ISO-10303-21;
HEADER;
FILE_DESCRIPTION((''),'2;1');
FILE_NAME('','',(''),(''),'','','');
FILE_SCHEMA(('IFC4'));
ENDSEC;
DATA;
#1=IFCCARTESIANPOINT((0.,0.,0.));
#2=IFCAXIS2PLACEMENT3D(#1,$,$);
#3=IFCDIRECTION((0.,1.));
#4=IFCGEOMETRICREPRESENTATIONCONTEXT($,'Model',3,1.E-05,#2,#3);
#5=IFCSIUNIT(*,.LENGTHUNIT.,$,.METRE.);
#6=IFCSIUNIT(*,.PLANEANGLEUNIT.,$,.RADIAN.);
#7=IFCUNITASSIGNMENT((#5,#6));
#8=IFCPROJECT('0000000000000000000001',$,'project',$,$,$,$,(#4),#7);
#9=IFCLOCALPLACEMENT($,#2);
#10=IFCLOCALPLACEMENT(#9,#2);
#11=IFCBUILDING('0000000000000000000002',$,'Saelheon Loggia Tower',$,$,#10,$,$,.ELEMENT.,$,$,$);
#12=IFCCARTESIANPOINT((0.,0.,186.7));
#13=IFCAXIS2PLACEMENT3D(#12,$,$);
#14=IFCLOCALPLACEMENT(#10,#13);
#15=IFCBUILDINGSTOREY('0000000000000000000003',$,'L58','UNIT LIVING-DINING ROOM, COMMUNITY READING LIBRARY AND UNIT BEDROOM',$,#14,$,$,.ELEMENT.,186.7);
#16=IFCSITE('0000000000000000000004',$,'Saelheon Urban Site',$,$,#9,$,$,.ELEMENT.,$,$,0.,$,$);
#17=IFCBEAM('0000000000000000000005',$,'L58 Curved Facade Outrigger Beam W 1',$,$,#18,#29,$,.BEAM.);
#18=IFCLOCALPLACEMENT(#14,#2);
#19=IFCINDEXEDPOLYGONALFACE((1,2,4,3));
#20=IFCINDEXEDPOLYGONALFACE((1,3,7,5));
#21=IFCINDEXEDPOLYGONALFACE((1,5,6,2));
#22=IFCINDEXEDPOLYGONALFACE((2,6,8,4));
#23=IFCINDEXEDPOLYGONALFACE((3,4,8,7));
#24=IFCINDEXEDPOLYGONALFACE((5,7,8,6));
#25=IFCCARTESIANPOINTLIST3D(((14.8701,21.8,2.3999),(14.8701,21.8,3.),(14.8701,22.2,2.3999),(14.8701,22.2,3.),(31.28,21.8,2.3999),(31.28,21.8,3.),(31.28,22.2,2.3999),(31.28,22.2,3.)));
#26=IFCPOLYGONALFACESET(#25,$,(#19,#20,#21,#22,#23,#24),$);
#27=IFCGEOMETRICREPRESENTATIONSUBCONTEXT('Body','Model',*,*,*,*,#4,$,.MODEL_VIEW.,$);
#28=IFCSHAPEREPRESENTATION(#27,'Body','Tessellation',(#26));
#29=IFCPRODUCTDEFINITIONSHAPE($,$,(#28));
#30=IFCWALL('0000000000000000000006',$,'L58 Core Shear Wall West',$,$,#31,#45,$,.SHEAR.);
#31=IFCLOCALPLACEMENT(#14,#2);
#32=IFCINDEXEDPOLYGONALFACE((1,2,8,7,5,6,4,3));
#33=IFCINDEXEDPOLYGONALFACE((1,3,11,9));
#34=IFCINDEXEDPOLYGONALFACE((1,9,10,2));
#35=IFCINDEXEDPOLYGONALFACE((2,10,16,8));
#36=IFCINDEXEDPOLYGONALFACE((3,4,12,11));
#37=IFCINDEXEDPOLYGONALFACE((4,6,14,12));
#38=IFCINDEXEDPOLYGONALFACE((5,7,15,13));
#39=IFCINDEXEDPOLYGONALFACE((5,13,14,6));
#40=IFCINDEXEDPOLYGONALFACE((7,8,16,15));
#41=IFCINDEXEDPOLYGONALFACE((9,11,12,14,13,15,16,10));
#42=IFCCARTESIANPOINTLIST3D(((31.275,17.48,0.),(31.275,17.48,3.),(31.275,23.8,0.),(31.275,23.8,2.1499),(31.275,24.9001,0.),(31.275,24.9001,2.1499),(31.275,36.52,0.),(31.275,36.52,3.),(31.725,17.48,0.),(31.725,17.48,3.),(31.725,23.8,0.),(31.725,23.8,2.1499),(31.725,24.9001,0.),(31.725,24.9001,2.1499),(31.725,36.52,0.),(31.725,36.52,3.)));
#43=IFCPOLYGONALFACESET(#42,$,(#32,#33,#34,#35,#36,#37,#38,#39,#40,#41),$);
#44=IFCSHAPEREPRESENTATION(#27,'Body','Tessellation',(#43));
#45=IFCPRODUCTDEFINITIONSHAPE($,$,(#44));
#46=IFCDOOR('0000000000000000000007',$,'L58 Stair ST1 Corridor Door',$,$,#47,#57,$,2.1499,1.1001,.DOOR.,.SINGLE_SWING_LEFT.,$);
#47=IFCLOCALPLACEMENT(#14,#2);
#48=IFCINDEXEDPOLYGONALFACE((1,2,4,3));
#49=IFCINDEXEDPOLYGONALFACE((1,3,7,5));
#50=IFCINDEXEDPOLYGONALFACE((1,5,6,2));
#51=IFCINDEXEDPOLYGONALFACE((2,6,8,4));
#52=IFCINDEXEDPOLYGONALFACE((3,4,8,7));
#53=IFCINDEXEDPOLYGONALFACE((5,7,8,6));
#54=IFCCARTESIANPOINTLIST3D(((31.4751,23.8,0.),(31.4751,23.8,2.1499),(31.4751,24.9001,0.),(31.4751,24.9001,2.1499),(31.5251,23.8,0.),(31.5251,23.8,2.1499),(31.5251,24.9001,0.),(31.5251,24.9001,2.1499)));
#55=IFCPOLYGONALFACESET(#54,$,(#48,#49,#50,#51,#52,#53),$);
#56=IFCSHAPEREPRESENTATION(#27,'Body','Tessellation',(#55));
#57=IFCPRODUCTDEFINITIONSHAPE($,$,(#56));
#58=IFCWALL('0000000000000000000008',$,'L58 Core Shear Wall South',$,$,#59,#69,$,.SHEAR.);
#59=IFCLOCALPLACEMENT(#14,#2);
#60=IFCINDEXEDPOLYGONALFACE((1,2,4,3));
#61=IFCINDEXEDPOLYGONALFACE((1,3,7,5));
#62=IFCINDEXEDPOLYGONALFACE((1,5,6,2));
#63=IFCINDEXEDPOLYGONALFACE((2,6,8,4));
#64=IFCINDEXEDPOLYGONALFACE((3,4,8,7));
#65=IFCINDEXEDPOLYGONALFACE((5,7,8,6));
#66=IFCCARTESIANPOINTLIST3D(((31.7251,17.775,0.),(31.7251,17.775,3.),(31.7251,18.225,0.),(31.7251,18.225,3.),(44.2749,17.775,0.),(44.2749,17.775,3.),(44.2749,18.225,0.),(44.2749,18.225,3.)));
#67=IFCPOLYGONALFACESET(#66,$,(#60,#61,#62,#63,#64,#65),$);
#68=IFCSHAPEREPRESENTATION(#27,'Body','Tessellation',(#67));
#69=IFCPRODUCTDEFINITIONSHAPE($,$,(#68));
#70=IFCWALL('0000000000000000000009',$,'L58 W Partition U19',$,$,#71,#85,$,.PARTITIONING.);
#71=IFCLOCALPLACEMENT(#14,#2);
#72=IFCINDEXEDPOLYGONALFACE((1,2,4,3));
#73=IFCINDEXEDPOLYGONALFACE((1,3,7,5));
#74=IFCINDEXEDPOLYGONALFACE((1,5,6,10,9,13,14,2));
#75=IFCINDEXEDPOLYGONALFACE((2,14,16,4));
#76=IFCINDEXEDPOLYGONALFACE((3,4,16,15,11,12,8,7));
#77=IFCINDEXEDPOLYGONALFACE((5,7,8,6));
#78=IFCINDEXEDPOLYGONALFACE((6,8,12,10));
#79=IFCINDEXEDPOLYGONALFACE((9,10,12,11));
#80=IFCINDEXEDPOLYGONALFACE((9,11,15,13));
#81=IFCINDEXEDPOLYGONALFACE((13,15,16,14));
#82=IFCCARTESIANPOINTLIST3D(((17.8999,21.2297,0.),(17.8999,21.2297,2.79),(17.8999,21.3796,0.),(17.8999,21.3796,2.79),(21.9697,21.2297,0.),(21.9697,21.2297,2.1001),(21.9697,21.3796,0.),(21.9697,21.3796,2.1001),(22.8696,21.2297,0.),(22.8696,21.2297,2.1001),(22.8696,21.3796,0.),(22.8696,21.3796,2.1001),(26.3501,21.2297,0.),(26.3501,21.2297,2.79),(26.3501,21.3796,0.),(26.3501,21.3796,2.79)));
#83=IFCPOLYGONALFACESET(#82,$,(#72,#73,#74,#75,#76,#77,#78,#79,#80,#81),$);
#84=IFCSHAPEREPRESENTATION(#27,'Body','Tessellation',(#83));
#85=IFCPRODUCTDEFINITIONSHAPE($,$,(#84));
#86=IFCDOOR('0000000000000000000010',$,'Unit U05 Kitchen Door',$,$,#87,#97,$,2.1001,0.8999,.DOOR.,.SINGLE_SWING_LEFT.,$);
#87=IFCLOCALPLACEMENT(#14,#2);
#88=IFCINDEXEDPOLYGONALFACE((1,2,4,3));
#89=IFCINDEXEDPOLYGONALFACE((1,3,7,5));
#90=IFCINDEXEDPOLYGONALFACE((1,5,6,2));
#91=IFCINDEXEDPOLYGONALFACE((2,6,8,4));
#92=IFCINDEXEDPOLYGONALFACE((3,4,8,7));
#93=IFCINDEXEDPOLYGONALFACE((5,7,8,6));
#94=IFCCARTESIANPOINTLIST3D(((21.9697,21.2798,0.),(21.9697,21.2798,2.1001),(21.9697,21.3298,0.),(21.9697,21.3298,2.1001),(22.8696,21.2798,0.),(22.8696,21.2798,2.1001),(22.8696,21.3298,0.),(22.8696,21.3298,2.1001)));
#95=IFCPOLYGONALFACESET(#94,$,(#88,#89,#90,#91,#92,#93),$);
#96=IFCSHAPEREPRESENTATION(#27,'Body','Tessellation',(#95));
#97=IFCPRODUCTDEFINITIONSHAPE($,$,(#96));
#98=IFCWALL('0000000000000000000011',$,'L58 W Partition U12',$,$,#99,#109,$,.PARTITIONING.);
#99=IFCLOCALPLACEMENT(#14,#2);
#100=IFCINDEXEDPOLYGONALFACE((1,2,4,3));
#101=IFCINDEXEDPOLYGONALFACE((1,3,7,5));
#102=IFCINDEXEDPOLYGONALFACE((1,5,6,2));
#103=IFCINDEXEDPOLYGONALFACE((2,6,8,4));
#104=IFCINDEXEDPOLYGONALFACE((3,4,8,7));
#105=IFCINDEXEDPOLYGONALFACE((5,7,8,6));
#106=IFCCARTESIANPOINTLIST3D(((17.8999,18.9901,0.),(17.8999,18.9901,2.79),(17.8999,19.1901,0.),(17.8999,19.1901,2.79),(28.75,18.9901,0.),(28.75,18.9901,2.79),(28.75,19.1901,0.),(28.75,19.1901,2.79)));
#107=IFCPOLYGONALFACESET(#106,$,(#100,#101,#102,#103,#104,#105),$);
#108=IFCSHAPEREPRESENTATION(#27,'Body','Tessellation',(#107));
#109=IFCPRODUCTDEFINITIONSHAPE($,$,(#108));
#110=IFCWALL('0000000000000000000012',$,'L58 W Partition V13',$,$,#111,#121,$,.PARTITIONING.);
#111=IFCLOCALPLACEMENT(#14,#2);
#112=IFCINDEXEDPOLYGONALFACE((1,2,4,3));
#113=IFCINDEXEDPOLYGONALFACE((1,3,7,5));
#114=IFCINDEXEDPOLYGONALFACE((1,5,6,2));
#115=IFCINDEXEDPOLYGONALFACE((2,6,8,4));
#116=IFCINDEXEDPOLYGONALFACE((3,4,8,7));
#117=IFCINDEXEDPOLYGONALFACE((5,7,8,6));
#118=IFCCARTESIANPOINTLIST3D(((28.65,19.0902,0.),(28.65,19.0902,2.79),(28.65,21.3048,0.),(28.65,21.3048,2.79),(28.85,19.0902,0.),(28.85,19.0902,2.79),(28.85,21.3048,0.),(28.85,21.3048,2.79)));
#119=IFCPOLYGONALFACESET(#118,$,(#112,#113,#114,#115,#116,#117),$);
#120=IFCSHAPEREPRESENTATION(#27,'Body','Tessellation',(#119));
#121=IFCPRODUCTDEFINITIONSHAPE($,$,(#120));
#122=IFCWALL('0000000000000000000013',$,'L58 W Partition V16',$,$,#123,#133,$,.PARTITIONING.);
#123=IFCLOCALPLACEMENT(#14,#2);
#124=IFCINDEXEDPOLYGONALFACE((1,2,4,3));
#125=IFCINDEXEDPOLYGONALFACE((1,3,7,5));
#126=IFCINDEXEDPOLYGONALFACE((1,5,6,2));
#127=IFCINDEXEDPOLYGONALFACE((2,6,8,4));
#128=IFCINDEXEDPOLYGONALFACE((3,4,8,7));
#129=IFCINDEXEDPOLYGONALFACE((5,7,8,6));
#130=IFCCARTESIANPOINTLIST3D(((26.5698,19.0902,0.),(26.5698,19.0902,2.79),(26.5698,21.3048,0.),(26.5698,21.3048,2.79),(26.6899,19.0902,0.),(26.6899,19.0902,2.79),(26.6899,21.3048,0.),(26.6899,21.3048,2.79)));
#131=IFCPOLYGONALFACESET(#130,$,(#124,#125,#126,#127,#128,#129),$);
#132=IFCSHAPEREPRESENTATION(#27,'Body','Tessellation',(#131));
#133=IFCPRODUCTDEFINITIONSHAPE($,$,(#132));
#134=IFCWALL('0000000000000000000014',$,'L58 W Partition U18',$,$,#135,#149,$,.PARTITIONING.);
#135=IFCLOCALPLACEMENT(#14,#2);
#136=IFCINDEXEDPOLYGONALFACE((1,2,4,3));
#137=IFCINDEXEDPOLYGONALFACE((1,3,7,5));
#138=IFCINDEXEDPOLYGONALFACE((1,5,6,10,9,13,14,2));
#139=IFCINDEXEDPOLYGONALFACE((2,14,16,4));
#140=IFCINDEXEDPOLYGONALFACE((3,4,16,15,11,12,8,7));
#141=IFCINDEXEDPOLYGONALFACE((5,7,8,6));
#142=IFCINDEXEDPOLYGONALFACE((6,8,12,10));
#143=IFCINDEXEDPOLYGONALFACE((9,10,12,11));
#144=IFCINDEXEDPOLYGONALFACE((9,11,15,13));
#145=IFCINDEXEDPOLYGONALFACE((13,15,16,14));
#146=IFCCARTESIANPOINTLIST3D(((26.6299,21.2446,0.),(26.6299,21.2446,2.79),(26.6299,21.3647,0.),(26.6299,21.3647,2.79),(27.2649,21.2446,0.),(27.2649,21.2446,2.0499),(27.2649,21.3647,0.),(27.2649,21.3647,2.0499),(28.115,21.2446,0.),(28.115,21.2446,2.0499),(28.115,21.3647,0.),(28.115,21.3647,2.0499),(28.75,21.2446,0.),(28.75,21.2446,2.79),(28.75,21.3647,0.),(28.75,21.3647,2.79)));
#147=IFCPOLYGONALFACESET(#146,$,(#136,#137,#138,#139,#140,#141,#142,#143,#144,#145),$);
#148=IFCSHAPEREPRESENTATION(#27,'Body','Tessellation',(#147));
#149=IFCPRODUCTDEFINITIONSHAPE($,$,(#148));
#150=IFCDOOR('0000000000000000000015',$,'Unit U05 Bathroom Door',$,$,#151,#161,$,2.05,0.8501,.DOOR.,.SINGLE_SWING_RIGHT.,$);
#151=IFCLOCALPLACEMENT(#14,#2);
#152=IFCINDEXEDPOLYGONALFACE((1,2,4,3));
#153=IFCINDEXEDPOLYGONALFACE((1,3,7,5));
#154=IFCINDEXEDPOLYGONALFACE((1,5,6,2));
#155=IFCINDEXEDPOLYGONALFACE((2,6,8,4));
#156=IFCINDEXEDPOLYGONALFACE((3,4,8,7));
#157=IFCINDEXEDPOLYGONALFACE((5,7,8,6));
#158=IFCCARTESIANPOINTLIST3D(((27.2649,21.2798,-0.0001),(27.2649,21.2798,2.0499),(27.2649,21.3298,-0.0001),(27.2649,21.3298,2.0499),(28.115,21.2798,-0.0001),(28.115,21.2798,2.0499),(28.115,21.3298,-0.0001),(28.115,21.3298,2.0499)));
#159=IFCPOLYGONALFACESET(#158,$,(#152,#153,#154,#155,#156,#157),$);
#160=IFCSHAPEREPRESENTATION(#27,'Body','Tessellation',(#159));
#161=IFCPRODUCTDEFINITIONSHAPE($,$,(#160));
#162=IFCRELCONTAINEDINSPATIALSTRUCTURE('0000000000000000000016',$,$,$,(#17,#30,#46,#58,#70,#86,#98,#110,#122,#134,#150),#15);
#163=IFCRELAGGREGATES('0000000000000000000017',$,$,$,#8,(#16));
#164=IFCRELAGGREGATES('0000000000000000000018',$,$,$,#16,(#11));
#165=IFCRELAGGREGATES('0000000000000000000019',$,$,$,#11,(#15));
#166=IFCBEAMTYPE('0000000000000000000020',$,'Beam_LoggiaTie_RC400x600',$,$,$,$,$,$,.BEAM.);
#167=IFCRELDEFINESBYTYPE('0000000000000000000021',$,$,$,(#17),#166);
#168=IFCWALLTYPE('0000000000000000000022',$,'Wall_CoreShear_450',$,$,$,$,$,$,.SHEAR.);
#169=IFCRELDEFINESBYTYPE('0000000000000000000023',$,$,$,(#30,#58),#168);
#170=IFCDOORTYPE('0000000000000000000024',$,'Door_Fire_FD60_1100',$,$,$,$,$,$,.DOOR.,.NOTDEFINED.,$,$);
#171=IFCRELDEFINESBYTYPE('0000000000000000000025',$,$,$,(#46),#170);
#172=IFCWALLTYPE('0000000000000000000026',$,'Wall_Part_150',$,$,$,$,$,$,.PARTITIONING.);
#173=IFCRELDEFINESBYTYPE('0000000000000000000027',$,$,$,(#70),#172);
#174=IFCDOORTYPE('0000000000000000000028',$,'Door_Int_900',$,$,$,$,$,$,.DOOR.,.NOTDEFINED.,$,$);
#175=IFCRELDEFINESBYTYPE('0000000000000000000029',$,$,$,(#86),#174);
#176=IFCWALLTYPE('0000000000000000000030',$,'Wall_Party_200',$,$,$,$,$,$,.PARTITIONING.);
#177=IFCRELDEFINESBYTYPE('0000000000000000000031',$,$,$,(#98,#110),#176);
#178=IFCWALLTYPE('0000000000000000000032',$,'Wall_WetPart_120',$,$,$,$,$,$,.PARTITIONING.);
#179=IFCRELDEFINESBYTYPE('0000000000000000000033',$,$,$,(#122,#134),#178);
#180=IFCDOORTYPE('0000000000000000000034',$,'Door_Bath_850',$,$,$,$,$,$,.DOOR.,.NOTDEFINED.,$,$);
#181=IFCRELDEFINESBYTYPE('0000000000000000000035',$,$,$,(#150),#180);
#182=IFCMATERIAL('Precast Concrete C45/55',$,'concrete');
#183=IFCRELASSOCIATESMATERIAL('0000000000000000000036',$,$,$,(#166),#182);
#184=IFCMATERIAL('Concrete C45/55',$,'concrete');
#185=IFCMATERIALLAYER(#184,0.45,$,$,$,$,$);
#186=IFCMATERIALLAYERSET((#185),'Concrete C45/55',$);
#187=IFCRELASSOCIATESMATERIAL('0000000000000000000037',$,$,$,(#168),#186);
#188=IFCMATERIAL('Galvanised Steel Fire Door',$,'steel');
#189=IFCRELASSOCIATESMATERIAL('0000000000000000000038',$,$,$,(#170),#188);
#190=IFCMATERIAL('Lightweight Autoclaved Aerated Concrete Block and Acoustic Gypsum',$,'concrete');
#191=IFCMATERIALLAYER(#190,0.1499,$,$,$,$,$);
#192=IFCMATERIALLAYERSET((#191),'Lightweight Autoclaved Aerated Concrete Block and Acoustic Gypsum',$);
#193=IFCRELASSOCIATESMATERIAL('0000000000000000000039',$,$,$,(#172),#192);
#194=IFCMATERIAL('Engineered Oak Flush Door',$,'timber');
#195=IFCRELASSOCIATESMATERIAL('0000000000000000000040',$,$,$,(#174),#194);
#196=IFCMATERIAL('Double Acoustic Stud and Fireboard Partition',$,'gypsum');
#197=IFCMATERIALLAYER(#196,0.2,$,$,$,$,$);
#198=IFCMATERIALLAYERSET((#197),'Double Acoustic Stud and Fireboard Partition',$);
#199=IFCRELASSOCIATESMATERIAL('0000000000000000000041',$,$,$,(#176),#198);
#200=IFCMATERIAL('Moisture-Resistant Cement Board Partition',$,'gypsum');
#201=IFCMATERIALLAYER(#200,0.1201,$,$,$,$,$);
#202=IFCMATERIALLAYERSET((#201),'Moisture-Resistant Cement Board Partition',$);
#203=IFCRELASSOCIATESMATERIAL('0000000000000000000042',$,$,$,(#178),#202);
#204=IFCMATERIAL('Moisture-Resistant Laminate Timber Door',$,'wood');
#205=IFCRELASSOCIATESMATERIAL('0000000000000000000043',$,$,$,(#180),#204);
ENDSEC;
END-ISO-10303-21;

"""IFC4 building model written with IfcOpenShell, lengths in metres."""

from ifc_helpers import new_model, si_unit, direction, frame, frame_2d, origin, origin_2d, place, context, subcontext, project, spatial, rectangle, extrude, source, transform, mapped, material, layer, layer_set, material_profile, profile_set, type_object, element, fill, save


model = new_model("IFC4")

# Units and contexts
model_context = context("Model", 3, precision=1e-05, world=origin(), true_north=direction((0.0, 1.0)))
body_context = subcontext(model_context, "Body", "Model", "MODEL_VIEW")
ifc_project = project(units=[si_unit("LENGTHUNIT", "METRE"), si_unit("PLANEANGLEUNIT", "RADIAN")], contexts=[model_context])

# Site, building, storey
site_placement = place(None, origin())
site = spatial("IfcSite", under=ifc_project, at=site_placement, Name="Saelheon Urban Site", CompositionType="ELEMENT", RefElevation=0.0)
building_placement = place(site_placement, origin())
building = spatial("IfcBuilding", under=site, at=building_placement, Name="Saelheon Loggia Tower", CompositionType="ELEMENT")
storey_placement = place(building_placement, frame((0.0, 0.0, 186.7)))
storey = spatial("IfcBuildingStorey", under=building, at=storey_placement, Name="L58", Description="UNIT LIVING-DINING ROOM, COMMUNITY READING LIBRARY AND UNIT BEDROOM", CompositionType="ELEMENT", Elevation=186.7)

# Beam
ifc_material_1 = material(Name="Precast Concrete C45/55", Category="concrete")
ifc_material_profile = material_profile(ifc_material_1, rectangle(XDim=0.3999, YDim=0.6001, at=origin_2d()), Name="RC-400x600")
ifc_profile_set = profile_set([ifc_material_profile], Name="Precast Concrete C45/55")
beam_type = type_object("IfcBeamType", Name="Beam_LoggiaTie_RC400x600", PredefinedType="BEAM", material=ifc_profile_set)
shared_shape_1 = source(origin(), body_context, "Body", "SweptSolid", [
    extrude(rectangle(XDim=0.3999, YDim=0.6001, at=origin_2d()), origin(), (0.0, 0.0, 1.0), 16.4099),
])
beam_placement = place(storey_placement, frame((31.28, 22.0, 2.7), z_axis=(-1.0, 0.0, 0.0), x_axis=(0.0, -1.0, 0.0)))
element("IfcBeam", 1, at=beam_placement, inside=storey, type_object=beam_type, Name="L58 Curved Facade Outrigger Beam W 1", PredefinedType="BEAM", context=body_context, shape_type="MappedRepresentation", body=[
    mapped(shared_shape_1, transform((0.0, 0.0, 0.0), scale=1.0)),
])

# Wall, opening, door
ifc_material_2 = material(Name="Concrete C45/55", Category="concrete")
ifc_layer_1 = layer(ifc_material_2, 0.45)
ifc_layer_set_1 = layer_set([ifc_layer_1], Name="Concrete C45/55")
wall_type_1 = type_object("IfcWallType", Name="Wall_CoreShear_450", PredefinedType="SHEAR", material=ifc_layer_set_1)
wall_1_placement = place(storey_placement, frame((31.5, 17.48, 0.0), z_axis=(0.0, 0.0, 1.0), x_axis=(0.0, 1.0, 0.0)))
wall_1 = element("IfcWall", 2, at=wall_1_placement, inside=storey, type_object=wall_type_1, Name="L58 Core Shear Wall West", PredefinedType="SHEAR", context=body_context, shape_type="SweptSolid", body=[
    extrude(rectangle(XDim=19.04, YDim=0.45, at=frame_2d((9.52, 0.0))), origin(), (0.0, 0.0, 1.0), 3.0),
])
opening_1_placement = place(wall_1_placement, frame((6.3201, 0.0, 0.0)))
opening_1 = element("IfcOpeningElement", 3, at=opening_1_placement, cuts=wall_1, PredefinedType="OPENING", context=body_context, shape_type="SweptSolid", body=[
    extrude(rectangle(XDim=1.1001, YDim=2.1499, at=frame_2d((0.55, 1.075))), frame((0.0, 0.2371, 0.0), z_axis=(0.0, -1.0, 0.0), x_axis=(1.0, 0.0, 0.0)), (0.0, 0.0, 1.0), 0.4739),
])
ifc_material_3 = material(Name="Galvanised Steel Fire Door", Category="steel")
door_type_1 = type_object("IfcDoorType", Name="Door_Fire_FD60_1100", OperationType="NOTDEFINED", PredefinedType="DOOR", material=ifc_material_3)
shared_shape_2 = source(origin(), body_context, "Body", "SweptSolid", [
    extrude(rectangle(XDim=1.1001, YDim=2.1499, at=frame_2d((0.55, 1.075))), frame((0.0, 0.0249, 0.0), z_axis=(0.0, -1.0, 0.0), x_axis=(1.0, 0.0, 0.0)), (0.0, 0.0, 1.0), 0.05),
])
door_1_placement = place(opening_1_placement, origin())
door_1 = element("IfcDoor", 4, at=door_1_placement, inside=storey, type_object=door_type_1, Name="L58 Stair ST1 Corridor Door", OperationType="SINGLE_SWING_LEFT", OverallHeight=2.1499, OverallWidth=1.1001, PredefinedType="DOOR", context=body_context, shape_type="MappedRepresentation", body=[
    mapped(shared_shape_2, transform((0.0, 0.0, 0.0), scale=1.0)),
])
fill(opening_1, door_1)

# Wall
wall_2_placement = place(storey_placement, frame((31.7251, 18.0, 0.0), z_axis=(0.0, 0.0, 1.0), x_axis=(1.0, 0.0, 0.0)))
element("IfcWall", 5, at=wall_2_placement, inside=storey, type_object=wall_type_1, Name="L58 Core Shear Wall South", PredefinedType="SHEAR", context=body_context, shape_type="SweptSolid", body=[
    extrude(rectangle(XDim=12.5498, YDim=0.45, at=frame_2d((6.2749, 0.0))), origin(), (0.0, 0.0, 1.0), 3.0),
])

# Wall, opening, door
ifc_material_4 = material(Name="Lightweight Autoclaved Aerated Concrete Block and Acoustic Gypsum", Category="concrete")
ifc_layer_2 = layer(ifc_material_4, 0.1499)
ifc_layer_set_2 = layer_set([ifc_layer_2], Name="Lightweight Autoclaved Aerated Concrete Block and Acoustic Gypsum")
wall_type_2 = type_object("IfcWallType", Name="Wall_Part_150", PredefinedType="PARTITIONING", material=ifc_layer_set_2)
wall_3_placement = place(storey_placement, frame((26.3501, 21.3047, 0.0), z_axis=(0.0, 0.0, 1.0), x_axis=(-1.0, 0.0, 0.0)))
wall_3 = element("IfcWall", 6, at=wall_3_placement, inside=storey, type_object=wall_type_2, Name="L58 W Partition U19", PredefinedType="PARTITIONING", context=body_context, shape_type="SweptSolid", body=[
    extrude(rectangle(XDim=8.4502, YDim=0.1499, at=frame_2d((4.2251, 0.0))), origin(), (0.0, 0.0, 1.0), 2.79),
])
opening_2_placement = place(wall_3_placement, frame((3.4805, 0.0, 0.0)))
opening_2 = element("IfcOpeningElement", 7, at=opening_2_placement, cuts=wall_3, PredefinedType="OPENING", context=body_context, shape_type="SweptSolid", body=[
    extrude(rectangle(XDim=0.8999, YDim=2.1001, at=frame_2d((0.45, 1.05))), frame((0.0, 0.0869, 0.0), z_axis=(0.0, -1.0, 0.0), x_axis=(1.0, 0.0, 0.0)), (0.0, 0.0, 1.0), 0.1738),
])
ifc_material_5 = material(Name="Engineered Oak Flush Door", Category="timber")
door_type_2 = type_object("IfcDoorType", Name="Door_Int_900", OperationType="NOTDEFINED", PredefinedType="DOOR", material=ifc_material_5)
shared_shape_3 = source(origin(), body_context, "Body", "SweptSolid", [
    extrude(rectangle(XDim=0.8999, YDim=2.1001, at=frame_2d((0.45, 1.05))), frame((0.0, 0.0249, 0.0), z_axis=(0.0, -1.0, 0.0), x_axis=(1.0, 0.0, 0.0)), (0.0, 0.0, 1.0), 0.05),
])
door_2_placement = place(opening_2_placement, origin())
door_2 = element("IfcDoor", 8, at=door_2_placement, inside=storey, type_object=door_type_2, Name="Unit U05 Kitchen Door", OperationType="SINGLE_SWING_LEFT", OverallHeight=2.1001, OverallWidth=0.8999, PredefinedType="DOOR", context=body_context, shape_type="MappedRepresentation", body=[
    mapped(shared_shape_3, transform((0.0, 0.0, 0.0), scale=1.0)),
])
fill(opening_2, door_2)

# Walls
ifc_material_6 = material(Name="Double Acoustic Stud and Fireboard Partition", Category="gypsum")
ifc_layer_3 = layer(ifc_material_6, 0.2)
ifc_layer_set_3 = layer_set([ifc_layer_3], Name="Double Acoustic Stud and Fireboard Partition")
wall_type_3 = type_object("IfcWallType", Name="Wall_Party_200", PredefinedType="PARTITIONING", material=ifc_layer_set_3)
wall_4_placement = place(storey_placement, frame((28.75, 19.0901, 0.0), z_axis=(0.0, 0.0, 1.0), x_axis=(-1.0, 0.0, 0.0)))
element("IfcWall", 9, at=wall_4_placement, inside=storey, type_object=wall_type_3, Name="L58 W Partition U12", PredefinedType="PARTITIONING", context=body_context, shape_type="SweptSolid", body=[
    extrude(rectangle(XDim=10.8501, YDim=0.2, at=frame_2d((5.425, 0.0))), origin(), (0.0, 0.0, 1.0), 2.79),
])
wall_5_placement = place(storey_placement, frame((28.75, 19.0901, 0.0), z_axis=(0.0, 0.0, 1.0), x_axis=(0.0, 1.0, 0.0)))
element("IfcWall", 10, at=wall_5_placement, inside=storey, type_object=wall_type_3, Name="L58 W Partition V13", PredefinedType="PARTITIONING", context=body_context, shape_type="SweptSolid", body=[
    extrude(rectangle(XDim=2.2146, YDim=0.2, at=frame_2d((1.1074, 0.0))), origin(), (0.0, 0.0, 1.0), 2.79),
])

# Wall
ifc_material_7 = material(Name="Moisture-Resistant Cement Board Partition", Category="gypsum")
ifc_layer_4 = layer(ifc_material_7, 0.1201)
ifc_layer_set_4 = layer_set([ifc_layer_4], Name="Moisture-Resistant Cement Board Partition")
wall_type_4 = type_object("IfcWallType", Name="Wall_WetPart_120", PredefinedType="PARTITIONING", material=ifc_layer_set_4)
wall_6_placement = place(storey_placement, frame((26.6299, 19.0901, 0.0), z_axis=(0.0, 0.0, 1.0), x_axis=(0.0, 1.0, 0.0)))
element("IfcWall", 11, at=wall_6_placement, inside=storey, type_object=wall_type_4, Name="L58 W Partition V16", PredefinedType="PARTITIONING", context=body_context, shape_type="SweptSolid", body=[
    extrude(rectangle(XDim=2.2146, YDim=0.1201, at=frame_2d((1.1074, 0.0))), origin(), (0.0, 0.0, 1.0), 2.79),
])

# Wall, opening, door
wall_7_placement = place(storey_placement, frame((28.75, 21.3047, 0.0), z_axis=(0.0, 0.0, 1.0), x_axis=(-1.0, 0.0, 0.0)))
wall_7 = element("IfcWall", 12, at=wall_7_placement, inside=storey, type_object=wall_type_4, Name="L58 W Partition U18", PredefinedType="PARTITIONING", context=body_context, shape_type="SweptSolid", body=[
    extrude(rectangle(XDim=2.1201, YDim=0.1201, at=frame_2d((1.0601, 0.0))), origin(), (0.0, 0.0, 1.0), 2.79),
])
opening_3_placement = place(wall_7_placement, frame((0.635, 0.0, 0.0)))
opening_3 = element("IfcOpeningElement", 13, at=opening_3_placement, cuts=wall_7, PredefinedType="OPENING", context=body_context, shape_type="SweptSolid", body=[
    extrude(rectangle(XDim=0.8501, YDim=2.05, at=frame_2d((0.425, 1.0249))), frame((0.0, 0.072, 0.0), z_axis=(0.0, -1.0, 0.0), x_axis=(1.0, 0.0, 0.0)), (0.0, 0.0, 1.0), 0.144),
])
ifc_material_8 = material(Name="Moisture-Resistant Laminate Timber Door", Category="wood")
door_type_3 = type_object("IfcDoorType", Name="Door_Bath_850", OperationType="NOTDEFINED", PredefinedType="DOOR", material=ifc_material_8)
shared_shape_4 = source(origin(), body_context, "Body", "SweptSolid", [
    extrude(rectangle(XDim=0.8501, YDim=2.05, at=frame_2d((0.425, 1.0249))), frame((0.0, 0.0249, 0.0), z_axis=(0.0, -1.0, 0.0), x_axis=(1.0, 0.0, 0.0)), (0.0, 0.0, 1.0), 0.05),
])
door_3_placement = place(opening_3_placement, origin())
door_3 = element("IfcDoor", 14, at=door_3_placement, inside=storey, type_object=door_type_3, Name="Unit U05 Bathroom Door", OperationType="SINGLE_SWING_RIGHT", OverallHeight=2.05, OverallWidth=0.8501, PredefinedType="DOOR", context=body_context, shape_type="MappedRepresentation", body=[
    mapped(shared_shape_4, transform((0.0, 0.0, 0.0), scale=1.0)),
])
fill(opening_3, door_3)

save(model, "model.ifc")
